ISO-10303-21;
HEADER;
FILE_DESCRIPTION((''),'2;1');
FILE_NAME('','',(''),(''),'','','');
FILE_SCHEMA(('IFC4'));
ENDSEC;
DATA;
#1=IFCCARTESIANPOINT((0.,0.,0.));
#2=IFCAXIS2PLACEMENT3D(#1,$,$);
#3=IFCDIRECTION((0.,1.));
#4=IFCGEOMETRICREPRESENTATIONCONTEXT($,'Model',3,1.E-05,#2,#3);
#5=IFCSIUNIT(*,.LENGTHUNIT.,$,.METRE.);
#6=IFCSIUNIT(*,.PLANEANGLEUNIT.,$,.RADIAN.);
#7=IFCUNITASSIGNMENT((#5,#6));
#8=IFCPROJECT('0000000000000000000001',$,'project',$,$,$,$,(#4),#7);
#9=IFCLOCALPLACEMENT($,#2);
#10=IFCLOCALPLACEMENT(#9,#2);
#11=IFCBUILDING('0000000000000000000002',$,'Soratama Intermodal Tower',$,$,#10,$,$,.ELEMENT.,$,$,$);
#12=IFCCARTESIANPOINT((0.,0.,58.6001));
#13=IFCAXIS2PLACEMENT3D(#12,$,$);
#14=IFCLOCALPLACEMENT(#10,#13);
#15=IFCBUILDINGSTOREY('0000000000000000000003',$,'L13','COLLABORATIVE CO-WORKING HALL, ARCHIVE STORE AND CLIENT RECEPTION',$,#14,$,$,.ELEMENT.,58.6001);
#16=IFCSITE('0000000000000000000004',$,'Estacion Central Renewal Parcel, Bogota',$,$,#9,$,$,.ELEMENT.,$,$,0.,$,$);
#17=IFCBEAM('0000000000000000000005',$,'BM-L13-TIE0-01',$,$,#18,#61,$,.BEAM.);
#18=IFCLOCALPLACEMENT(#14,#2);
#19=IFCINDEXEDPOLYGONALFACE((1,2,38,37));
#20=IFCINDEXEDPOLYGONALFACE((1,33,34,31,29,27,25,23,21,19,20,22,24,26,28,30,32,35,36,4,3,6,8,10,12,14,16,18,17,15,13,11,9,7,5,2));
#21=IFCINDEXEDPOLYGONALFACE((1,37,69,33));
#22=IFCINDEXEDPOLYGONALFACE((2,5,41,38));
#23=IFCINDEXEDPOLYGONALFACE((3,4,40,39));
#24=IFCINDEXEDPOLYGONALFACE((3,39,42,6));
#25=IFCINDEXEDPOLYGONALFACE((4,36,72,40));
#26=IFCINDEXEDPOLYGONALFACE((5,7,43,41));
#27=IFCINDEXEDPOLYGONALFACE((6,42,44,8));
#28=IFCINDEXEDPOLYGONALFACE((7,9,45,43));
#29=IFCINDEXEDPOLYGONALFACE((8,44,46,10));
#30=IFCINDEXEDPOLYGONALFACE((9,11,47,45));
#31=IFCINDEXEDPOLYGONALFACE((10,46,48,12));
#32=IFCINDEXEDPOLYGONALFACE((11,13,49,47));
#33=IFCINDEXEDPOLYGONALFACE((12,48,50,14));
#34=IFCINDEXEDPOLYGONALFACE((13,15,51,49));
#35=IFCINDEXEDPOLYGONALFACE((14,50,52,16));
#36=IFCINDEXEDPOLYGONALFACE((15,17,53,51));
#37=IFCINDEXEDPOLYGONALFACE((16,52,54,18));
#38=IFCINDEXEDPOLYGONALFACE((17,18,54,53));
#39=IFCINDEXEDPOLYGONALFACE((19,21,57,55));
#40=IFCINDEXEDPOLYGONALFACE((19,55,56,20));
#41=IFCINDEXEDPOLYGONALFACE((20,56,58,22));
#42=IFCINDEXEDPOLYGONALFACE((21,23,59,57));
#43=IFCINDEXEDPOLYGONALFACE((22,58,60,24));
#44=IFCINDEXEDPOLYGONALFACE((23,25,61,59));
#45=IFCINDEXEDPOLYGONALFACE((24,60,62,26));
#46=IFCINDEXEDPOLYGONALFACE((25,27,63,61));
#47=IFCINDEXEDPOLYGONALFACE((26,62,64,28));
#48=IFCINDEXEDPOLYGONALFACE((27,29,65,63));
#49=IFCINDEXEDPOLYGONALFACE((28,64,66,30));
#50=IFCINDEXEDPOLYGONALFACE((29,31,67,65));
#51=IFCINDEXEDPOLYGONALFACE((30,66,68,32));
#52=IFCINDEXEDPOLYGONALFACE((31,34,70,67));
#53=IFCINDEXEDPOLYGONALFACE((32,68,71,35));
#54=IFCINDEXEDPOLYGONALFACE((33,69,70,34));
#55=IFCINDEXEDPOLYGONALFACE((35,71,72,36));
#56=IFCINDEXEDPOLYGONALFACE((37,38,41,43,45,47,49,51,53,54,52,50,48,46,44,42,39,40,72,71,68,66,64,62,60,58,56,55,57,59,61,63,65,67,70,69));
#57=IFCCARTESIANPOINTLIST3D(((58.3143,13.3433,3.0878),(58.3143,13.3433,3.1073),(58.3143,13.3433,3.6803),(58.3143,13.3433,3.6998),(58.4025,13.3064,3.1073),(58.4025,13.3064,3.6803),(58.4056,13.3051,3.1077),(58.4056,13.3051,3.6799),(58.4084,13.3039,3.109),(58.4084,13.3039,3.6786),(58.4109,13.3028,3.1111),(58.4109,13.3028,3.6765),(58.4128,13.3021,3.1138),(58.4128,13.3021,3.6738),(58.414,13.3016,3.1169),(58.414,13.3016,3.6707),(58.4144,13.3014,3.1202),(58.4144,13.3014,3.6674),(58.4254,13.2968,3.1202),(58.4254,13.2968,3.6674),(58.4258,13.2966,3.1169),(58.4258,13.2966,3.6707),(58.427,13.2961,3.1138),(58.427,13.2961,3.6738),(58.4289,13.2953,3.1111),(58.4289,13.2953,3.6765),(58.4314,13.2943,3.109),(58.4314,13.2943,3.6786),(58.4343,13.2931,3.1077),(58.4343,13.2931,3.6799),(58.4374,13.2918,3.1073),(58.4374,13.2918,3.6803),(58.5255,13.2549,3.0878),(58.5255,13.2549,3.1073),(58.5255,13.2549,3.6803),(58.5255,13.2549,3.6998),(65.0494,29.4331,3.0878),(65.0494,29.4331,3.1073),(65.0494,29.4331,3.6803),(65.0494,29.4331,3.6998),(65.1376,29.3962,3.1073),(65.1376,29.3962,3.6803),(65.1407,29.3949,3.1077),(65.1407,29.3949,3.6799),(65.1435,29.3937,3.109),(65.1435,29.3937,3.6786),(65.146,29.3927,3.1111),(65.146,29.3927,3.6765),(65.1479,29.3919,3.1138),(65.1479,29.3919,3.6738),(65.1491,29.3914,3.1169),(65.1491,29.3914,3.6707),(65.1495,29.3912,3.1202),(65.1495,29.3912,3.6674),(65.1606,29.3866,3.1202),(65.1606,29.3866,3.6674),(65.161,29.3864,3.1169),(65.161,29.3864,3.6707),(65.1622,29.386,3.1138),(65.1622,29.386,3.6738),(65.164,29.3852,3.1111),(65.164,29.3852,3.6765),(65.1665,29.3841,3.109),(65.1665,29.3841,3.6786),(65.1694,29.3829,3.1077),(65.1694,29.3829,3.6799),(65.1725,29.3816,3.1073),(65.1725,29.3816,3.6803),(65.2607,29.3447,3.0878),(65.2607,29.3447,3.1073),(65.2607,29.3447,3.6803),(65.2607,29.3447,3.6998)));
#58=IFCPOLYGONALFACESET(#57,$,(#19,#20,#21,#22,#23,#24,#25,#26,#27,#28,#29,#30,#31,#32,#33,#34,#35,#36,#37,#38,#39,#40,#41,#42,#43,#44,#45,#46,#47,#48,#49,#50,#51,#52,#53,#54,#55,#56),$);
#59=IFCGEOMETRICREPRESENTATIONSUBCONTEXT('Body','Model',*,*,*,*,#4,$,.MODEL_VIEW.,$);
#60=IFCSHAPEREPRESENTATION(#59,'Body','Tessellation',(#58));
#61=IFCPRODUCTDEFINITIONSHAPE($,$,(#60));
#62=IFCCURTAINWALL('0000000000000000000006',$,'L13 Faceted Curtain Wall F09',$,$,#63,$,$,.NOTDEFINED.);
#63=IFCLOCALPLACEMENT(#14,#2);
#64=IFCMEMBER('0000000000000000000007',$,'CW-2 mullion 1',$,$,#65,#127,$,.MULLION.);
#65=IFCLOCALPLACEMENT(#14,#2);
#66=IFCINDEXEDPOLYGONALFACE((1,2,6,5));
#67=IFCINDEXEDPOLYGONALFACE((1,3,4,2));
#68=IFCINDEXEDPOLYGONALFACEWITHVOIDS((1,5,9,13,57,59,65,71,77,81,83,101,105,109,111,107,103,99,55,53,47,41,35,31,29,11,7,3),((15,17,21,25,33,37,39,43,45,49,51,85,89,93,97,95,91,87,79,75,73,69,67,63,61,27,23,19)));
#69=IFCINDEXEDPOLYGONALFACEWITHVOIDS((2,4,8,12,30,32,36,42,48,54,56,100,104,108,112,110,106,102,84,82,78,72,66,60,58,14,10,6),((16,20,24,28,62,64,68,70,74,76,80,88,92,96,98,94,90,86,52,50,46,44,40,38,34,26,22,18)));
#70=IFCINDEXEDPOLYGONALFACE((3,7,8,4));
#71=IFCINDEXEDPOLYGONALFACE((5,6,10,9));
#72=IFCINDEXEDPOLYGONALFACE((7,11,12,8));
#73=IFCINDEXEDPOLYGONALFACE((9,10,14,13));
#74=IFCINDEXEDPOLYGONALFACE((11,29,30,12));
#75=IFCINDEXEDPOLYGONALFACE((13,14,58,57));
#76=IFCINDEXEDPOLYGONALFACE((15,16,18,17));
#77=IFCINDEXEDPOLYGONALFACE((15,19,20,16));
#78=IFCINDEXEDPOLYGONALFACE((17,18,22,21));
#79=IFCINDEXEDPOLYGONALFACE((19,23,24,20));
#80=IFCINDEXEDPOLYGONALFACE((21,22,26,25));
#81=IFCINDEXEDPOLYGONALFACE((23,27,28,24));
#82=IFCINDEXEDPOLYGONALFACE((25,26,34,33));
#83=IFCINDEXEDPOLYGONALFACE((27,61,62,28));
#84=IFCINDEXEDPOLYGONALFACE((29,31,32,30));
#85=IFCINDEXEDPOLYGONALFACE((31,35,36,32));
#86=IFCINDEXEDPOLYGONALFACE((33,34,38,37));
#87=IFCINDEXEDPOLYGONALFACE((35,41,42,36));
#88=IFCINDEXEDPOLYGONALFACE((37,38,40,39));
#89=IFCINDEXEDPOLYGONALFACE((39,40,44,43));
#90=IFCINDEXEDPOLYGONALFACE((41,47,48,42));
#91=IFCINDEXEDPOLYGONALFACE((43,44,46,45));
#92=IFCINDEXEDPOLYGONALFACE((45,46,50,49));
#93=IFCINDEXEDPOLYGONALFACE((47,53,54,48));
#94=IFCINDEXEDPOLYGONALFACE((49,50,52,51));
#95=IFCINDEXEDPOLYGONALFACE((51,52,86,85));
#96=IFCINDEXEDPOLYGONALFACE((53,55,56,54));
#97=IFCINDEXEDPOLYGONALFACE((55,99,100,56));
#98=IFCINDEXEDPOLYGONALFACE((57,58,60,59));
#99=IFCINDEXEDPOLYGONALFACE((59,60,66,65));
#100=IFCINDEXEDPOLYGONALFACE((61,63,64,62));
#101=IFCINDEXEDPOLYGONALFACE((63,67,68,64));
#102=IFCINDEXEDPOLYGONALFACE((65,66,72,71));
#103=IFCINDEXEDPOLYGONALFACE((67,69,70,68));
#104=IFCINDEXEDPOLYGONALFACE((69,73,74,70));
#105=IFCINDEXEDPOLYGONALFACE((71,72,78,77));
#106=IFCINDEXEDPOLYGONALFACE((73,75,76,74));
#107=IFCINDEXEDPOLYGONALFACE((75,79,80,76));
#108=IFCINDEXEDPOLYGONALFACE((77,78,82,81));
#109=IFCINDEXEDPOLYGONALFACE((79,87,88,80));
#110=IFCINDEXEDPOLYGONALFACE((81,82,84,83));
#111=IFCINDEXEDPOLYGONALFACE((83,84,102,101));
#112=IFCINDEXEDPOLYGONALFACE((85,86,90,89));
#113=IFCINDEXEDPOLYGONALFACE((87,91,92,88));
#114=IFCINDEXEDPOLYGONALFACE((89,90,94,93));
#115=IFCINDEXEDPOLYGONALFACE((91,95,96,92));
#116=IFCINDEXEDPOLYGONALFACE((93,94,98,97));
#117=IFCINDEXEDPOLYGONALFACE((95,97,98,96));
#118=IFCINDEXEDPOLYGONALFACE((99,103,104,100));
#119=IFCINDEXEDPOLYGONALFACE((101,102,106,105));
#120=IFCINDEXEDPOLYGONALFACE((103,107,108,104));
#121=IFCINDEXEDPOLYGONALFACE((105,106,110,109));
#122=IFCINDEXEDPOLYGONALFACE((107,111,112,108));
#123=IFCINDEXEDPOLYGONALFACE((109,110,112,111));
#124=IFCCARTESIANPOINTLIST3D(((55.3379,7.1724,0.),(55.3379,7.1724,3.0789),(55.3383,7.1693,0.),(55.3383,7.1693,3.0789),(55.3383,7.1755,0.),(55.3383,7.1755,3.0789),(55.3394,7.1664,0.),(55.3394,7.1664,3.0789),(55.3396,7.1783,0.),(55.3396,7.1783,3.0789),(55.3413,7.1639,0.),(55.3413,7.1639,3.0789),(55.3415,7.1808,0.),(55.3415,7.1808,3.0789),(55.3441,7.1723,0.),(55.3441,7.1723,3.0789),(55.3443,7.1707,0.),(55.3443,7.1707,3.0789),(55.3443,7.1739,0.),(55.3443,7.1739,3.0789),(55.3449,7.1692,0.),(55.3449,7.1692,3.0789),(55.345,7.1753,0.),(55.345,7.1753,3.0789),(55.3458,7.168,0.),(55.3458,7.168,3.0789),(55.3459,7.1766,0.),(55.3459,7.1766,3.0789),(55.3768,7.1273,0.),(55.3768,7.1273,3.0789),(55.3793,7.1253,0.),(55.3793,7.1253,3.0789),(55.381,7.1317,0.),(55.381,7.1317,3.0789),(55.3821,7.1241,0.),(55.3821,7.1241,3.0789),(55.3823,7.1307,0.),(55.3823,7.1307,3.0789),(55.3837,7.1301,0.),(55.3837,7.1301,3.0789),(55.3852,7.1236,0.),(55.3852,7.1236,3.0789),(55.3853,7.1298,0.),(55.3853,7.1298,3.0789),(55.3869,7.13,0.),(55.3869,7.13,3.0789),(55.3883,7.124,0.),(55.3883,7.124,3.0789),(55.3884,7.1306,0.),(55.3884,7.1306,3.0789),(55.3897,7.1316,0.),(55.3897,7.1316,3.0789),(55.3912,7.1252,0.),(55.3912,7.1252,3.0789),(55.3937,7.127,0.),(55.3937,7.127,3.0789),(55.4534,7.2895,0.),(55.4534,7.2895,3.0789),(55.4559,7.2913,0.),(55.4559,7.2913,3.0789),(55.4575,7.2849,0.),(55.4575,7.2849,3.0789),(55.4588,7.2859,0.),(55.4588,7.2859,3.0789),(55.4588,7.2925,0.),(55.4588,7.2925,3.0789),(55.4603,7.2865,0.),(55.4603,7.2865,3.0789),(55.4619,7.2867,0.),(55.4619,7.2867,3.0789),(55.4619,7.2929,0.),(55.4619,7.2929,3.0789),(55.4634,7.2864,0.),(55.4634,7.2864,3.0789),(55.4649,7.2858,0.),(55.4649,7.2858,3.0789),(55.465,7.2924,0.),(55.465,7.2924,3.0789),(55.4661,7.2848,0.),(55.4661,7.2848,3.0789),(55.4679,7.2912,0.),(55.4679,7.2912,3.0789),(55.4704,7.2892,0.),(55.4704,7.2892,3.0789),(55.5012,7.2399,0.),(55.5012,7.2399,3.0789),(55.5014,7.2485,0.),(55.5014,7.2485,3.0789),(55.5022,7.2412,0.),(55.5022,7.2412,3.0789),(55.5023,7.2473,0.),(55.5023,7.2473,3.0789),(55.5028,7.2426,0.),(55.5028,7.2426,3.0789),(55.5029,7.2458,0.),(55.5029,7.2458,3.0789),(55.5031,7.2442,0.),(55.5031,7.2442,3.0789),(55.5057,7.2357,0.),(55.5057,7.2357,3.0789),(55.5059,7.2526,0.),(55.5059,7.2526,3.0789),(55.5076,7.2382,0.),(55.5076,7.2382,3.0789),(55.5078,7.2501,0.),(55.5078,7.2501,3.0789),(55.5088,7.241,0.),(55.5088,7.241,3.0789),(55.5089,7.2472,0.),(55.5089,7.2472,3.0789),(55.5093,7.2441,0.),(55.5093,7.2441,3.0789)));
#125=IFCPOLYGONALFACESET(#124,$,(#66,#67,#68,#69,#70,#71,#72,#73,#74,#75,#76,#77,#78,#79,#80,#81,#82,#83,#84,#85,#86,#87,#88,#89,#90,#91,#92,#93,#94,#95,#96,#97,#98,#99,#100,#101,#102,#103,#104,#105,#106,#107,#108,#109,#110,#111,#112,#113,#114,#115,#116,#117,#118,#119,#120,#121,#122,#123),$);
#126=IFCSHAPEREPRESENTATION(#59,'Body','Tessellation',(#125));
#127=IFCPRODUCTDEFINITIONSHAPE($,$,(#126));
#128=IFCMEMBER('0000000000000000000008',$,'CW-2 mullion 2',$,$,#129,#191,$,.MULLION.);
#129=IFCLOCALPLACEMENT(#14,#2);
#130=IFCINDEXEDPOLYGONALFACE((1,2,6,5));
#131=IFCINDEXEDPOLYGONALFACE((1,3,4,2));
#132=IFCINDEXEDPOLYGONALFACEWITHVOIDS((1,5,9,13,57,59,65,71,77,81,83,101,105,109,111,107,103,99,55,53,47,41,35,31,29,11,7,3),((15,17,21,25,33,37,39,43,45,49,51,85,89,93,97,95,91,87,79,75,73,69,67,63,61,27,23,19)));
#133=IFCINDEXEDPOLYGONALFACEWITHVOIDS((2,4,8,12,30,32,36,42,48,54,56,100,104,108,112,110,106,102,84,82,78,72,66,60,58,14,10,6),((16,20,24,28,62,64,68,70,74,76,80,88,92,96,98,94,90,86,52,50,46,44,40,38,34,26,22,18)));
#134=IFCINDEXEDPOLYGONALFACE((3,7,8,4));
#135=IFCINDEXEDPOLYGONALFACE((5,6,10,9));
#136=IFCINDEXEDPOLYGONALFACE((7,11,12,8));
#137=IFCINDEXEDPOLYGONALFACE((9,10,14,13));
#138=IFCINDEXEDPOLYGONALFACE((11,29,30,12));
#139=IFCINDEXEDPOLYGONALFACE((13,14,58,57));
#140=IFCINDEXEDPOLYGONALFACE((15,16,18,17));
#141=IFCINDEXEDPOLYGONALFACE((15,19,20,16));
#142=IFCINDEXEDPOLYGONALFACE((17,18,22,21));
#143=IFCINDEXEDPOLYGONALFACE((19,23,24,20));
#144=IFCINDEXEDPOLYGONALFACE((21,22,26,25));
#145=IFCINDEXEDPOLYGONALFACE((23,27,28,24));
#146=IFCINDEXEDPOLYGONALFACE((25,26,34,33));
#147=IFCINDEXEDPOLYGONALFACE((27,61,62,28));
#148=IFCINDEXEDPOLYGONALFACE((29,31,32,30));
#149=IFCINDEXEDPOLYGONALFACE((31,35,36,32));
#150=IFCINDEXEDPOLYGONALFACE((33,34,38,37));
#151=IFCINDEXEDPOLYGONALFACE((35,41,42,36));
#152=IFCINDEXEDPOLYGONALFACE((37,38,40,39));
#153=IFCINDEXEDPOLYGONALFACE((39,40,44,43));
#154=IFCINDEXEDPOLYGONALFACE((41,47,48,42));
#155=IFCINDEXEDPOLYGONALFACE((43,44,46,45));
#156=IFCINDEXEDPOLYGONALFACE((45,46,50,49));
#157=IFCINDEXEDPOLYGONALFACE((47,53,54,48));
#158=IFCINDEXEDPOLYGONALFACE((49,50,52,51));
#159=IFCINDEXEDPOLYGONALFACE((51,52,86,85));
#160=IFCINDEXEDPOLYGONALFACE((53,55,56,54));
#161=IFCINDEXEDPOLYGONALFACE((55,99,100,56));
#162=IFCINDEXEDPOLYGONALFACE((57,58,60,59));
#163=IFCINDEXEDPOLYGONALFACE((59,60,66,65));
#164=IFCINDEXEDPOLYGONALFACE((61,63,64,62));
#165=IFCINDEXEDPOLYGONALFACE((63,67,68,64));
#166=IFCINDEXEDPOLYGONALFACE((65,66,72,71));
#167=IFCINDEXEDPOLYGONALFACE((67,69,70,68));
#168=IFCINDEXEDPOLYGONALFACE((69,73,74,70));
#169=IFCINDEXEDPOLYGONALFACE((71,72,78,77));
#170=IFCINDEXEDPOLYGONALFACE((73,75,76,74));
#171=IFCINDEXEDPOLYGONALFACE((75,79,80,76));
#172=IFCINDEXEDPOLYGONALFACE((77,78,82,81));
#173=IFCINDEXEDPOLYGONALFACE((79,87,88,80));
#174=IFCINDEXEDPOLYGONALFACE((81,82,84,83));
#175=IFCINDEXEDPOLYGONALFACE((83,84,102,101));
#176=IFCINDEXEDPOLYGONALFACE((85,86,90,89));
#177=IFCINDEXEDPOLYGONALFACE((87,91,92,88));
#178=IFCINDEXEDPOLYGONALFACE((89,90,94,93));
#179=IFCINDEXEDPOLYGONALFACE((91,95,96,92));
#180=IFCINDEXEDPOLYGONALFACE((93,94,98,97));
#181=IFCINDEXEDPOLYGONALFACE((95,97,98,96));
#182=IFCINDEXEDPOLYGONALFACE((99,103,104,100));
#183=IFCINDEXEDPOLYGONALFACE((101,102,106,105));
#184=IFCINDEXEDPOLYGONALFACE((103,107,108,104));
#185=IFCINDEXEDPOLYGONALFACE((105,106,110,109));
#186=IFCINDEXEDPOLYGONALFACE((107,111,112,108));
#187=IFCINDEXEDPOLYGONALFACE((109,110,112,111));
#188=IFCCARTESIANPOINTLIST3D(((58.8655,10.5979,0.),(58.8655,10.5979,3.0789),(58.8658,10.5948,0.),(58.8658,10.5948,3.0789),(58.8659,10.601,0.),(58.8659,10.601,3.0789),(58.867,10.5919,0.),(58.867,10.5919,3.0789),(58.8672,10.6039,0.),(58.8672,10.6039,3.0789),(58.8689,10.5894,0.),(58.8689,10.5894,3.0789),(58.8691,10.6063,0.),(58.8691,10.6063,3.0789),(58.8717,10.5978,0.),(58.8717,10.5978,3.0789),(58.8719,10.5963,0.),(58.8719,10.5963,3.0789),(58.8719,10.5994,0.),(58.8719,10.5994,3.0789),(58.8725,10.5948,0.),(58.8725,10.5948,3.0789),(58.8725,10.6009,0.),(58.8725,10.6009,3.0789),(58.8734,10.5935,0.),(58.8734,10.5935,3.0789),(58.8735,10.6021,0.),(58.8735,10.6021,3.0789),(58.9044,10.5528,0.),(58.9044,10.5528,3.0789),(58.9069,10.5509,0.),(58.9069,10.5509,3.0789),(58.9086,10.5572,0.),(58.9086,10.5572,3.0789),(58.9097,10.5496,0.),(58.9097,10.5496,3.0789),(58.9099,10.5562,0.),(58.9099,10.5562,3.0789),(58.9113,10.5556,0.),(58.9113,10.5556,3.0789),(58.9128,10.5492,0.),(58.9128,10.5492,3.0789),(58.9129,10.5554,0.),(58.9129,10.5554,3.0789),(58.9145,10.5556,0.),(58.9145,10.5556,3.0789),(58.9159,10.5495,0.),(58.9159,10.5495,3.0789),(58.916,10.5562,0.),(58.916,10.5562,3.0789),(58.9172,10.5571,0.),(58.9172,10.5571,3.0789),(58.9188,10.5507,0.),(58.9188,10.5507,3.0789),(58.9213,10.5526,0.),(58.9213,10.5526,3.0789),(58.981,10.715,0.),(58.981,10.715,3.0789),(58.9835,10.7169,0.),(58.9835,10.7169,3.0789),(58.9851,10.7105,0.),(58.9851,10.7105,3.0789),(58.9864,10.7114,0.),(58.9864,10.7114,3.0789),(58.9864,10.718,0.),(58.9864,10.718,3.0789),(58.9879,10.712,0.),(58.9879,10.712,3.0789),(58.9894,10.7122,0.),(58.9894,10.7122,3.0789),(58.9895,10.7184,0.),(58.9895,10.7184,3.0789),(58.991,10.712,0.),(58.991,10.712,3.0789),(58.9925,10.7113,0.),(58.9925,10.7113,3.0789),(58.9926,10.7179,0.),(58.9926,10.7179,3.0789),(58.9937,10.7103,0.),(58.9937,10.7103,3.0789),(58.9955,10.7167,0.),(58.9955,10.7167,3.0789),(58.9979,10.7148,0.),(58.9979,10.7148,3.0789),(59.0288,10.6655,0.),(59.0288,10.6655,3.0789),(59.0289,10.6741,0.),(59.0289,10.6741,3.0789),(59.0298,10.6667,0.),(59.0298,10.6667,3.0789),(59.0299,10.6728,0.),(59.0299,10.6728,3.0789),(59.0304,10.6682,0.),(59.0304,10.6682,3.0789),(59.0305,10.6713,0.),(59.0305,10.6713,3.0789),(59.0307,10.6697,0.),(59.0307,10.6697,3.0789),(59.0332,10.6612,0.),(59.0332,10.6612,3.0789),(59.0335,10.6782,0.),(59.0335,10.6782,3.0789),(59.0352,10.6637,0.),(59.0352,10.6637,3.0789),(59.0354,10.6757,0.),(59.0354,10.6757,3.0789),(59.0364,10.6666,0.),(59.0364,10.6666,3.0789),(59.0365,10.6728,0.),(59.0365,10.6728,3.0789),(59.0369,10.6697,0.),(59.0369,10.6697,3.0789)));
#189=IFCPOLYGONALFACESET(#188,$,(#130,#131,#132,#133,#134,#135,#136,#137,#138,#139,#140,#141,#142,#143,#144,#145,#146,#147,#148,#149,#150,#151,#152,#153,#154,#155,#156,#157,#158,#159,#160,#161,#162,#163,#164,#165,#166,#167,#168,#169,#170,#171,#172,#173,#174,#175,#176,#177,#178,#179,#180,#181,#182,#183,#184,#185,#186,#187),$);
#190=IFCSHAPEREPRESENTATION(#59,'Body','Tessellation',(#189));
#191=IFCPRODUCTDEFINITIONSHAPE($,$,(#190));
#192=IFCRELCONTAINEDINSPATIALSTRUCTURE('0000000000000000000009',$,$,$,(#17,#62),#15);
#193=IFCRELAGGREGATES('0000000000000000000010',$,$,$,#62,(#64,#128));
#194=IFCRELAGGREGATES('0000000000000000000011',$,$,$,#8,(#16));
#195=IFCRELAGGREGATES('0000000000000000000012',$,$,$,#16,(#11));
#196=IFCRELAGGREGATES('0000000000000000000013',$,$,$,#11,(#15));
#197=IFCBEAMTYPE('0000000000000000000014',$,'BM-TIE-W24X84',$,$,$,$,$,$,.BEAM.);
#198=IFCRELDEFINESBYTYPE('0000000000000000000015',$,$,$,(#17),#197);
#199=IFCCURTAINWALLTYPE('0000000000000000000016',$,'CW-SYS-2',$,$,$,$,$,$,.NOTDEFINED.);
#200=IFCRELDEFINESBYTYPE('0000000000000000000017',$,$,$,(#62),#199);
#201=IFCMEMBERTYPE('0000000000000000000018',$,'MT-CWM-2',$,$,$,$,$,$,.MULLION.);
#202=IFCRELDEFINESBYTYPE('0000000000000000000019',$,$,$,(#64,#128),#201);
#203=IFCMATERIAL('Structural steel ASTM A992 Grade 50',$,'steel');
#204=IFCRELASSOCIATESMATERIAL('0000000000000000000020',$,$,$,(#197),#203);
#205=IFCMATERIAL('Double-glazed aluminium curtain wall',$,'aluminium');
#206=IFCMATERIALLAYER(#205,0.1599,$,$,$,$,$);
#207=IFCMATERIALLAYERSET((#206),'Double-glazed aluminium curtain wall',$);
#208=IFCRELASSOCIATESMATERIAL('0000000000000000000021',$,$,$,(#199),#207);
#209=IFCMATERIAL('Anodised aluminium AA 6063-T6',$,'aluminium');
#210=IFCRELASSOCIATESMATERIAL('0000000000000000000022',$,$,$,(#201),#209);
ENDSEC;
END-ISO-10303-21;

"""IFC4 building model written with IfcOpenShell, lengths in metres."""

from ifc_helpers import new_model, si_unit, direction, frame, origin, origin_2d, place, context, subcontext, project, spatial, hollow_rectangle, i_section, extrude, material, layer, layer_set, material_profile, profile_set, type_object, element, aggregate, save


model = new_model("IFC4")

# Units and contexts
model_context = context("Model", 3, precision=1e-05, world=origin(), true_north=direction((0.0, 1.0)))
body_context = subcontext(model_context, "Body", "Model", "MODEL_VIEW")
ifc_project = project(units=[si_unit("LENGTHUNIT", "METRE"), si_unit("PLANEANGLEUNIT", "RADIAN")], contexts=[model_context])

# Site, building, storey
site_placement = place(None, origin())
site = spatial("IfcSite", under=ifc_project, at=site_placement, Name="Estacion Central Renewal Parcel, Bogota", CompositionType="ELEMENT", RefElevation=0.0)
building_placement = place(site_placement, origin())
building = spatial("IfcBuilding", under=site, at=building_placement, Name="Soratama Intermodal Tower", CompositionType="ELEMENT")
storey_placement = place(building_placement, frame((0.0, 0.0, 58.6001)))
storey = spatial("IfcBuildingStorey", under=building, at=storey_placement, Name="L13", Description="COLLABORATIVE CO-WORKING HALL, ARCHIVE STORE AND CLIENT RECEPTION", CompositionType="ELEMENT", Elevation=58.6001)

# Beam
ifc_material_1 = material(Name="Structural steel ASTM A992 Grade 50", Category="steel")
ifc_material_profile_1 = material_profile(ifc_material_1, i_section(OverallWidth=0.229, OverallDepth=0.6121, WebThickness=0.012, FlangeThickness=0.0195, FilletRadius=0.0129, at=origin_2d()), Name="W24X84")
ifc_profile_set_1 = profile_set([ifc_material_profile_1], Name="Structural steel ASTM A992 Grade 50")
beam_type_1 = type_object("IfcBeamType", Name="BM-TIE-W24X84", PredefinedType="BEAM", material=ifc_profile_set_1)
beam_1_placement = place(storey_placement, frame((58.4199, 13.2991, 3.3938), z_axis=(0.38613, 0.922445, 0.0), x_axis=(-0.922445, 0.38613, 0.0)))
element("IfcBeam", 1, at=beam_1_placement, inside=storey, type_object=beam_type_1, Name="BM-L13-TIE0-01", PredefinedType="BEAM", context=body_context, shape_type="SweptSolid", body=[
    extrude(i_section(OverallWidth=0.229, OverallDepth=0.6121, WebThickness=0.012, FlangeThickness=0.0195, FilletRadius=0.0129, at=origin_2d()), origin(), (0.0, 0.0, 1.0), 17.4426),
])

# Curtain wall, members
ifc_material_2 = material(Name="Double-glazed aluminium curtain wall", Category="aluminium")
ifc_layer_1 = layer(ifc_material_2, 0.1599)
ifc_layer_set_1 = layer_set([ifc_layer_1], Name="Double-glazed aluminium curtain wall")
curtain_wall_type = type_object("IfcCurtainWallType", Name="CW-SYS-2", PredefinedType="NOTDEFINED", material=ifc_layer_set_1)
curtain_wall_placement = place(storey_placement, origin())
curtain_wall = element("IfcCurtainWall", 2, at=curtain_wall_placement, inside=storey, type_object=curtain_wall_type, Name="L13 Faceted Curtain Wall F09", PredefinedType="NOTDEFINED")
ifc_material_3 = material(Name="Anodised aluminium AA 6063-T6", Category="aluminium")
ifc_material_profile_2 = material_profile(ifc_material_3, hollow_rectangle(XDim=0.075, YDim=0.1799, WallThickness=0.0061, InnerFilletRadius=0.0061, OuterFilletRadius=0.012, at=origin_2d()), Name="CWM180X75X6")
ifc_profile_set_2 = profile_set([ifc_material_profile_2], Name="Anodised aluminium AA 6063-T6")
member_type_1 = type_object("IfcMemberType", Name="MT-CWM-2", PredefinedType="MULLION", material=ifc_profile_set_2)
member_1_placement = place(storey_placement, frame((55.4236, 7.2083, 0.0), z_axis=(0.0, 0.0, 1.0), x_axis=(-0.696666, 0.717396, 0.0)))
member_1 = element("IfcMember", 3, at=member_1_placement, type_object=member_type_1, Name="CW-2 mullion 1", PredefinedType="MULLION", context=body_context, shape_type="SweptSolid", body=[
    extrude(hollow_rectangle(XDim=0.075, YDim=0.1799, WallThickness=0.0061, InnerFilletRadius=0.0061, OuterFilletRadius=0.012, at=origin_2d()), origin(), (0.0, 0.0, 1.0), 3.0789),
])
member_2_placement = place(storey_placement, frame((58.9512, 10.6338, 0.0), z_axis=(0.0, 0.0, 1.0), x_axis=(-0.696666, 0.717396, 0.0)))
member_2 = element("IfcMember", 4, at=member_2_placement, type_object=member_type_1, Name="CW-2 mullion 2", PredefinedType="MULLION", context=body_context, shape_type="SweptSolid", body=[
    extrude(hollow_rectangle(XDim=0.075, YDim=0.1799, WallThickness=0.0061, InnerFilletRadius=0.0061, OuterFilletRadius=0.012, at=origin_2d()), origin(), (0.0, 0.0, 1.0), 3.0789),
])
aggregate(curtain_wall, [member_1, member_2])

save(model, "model.ifc")
